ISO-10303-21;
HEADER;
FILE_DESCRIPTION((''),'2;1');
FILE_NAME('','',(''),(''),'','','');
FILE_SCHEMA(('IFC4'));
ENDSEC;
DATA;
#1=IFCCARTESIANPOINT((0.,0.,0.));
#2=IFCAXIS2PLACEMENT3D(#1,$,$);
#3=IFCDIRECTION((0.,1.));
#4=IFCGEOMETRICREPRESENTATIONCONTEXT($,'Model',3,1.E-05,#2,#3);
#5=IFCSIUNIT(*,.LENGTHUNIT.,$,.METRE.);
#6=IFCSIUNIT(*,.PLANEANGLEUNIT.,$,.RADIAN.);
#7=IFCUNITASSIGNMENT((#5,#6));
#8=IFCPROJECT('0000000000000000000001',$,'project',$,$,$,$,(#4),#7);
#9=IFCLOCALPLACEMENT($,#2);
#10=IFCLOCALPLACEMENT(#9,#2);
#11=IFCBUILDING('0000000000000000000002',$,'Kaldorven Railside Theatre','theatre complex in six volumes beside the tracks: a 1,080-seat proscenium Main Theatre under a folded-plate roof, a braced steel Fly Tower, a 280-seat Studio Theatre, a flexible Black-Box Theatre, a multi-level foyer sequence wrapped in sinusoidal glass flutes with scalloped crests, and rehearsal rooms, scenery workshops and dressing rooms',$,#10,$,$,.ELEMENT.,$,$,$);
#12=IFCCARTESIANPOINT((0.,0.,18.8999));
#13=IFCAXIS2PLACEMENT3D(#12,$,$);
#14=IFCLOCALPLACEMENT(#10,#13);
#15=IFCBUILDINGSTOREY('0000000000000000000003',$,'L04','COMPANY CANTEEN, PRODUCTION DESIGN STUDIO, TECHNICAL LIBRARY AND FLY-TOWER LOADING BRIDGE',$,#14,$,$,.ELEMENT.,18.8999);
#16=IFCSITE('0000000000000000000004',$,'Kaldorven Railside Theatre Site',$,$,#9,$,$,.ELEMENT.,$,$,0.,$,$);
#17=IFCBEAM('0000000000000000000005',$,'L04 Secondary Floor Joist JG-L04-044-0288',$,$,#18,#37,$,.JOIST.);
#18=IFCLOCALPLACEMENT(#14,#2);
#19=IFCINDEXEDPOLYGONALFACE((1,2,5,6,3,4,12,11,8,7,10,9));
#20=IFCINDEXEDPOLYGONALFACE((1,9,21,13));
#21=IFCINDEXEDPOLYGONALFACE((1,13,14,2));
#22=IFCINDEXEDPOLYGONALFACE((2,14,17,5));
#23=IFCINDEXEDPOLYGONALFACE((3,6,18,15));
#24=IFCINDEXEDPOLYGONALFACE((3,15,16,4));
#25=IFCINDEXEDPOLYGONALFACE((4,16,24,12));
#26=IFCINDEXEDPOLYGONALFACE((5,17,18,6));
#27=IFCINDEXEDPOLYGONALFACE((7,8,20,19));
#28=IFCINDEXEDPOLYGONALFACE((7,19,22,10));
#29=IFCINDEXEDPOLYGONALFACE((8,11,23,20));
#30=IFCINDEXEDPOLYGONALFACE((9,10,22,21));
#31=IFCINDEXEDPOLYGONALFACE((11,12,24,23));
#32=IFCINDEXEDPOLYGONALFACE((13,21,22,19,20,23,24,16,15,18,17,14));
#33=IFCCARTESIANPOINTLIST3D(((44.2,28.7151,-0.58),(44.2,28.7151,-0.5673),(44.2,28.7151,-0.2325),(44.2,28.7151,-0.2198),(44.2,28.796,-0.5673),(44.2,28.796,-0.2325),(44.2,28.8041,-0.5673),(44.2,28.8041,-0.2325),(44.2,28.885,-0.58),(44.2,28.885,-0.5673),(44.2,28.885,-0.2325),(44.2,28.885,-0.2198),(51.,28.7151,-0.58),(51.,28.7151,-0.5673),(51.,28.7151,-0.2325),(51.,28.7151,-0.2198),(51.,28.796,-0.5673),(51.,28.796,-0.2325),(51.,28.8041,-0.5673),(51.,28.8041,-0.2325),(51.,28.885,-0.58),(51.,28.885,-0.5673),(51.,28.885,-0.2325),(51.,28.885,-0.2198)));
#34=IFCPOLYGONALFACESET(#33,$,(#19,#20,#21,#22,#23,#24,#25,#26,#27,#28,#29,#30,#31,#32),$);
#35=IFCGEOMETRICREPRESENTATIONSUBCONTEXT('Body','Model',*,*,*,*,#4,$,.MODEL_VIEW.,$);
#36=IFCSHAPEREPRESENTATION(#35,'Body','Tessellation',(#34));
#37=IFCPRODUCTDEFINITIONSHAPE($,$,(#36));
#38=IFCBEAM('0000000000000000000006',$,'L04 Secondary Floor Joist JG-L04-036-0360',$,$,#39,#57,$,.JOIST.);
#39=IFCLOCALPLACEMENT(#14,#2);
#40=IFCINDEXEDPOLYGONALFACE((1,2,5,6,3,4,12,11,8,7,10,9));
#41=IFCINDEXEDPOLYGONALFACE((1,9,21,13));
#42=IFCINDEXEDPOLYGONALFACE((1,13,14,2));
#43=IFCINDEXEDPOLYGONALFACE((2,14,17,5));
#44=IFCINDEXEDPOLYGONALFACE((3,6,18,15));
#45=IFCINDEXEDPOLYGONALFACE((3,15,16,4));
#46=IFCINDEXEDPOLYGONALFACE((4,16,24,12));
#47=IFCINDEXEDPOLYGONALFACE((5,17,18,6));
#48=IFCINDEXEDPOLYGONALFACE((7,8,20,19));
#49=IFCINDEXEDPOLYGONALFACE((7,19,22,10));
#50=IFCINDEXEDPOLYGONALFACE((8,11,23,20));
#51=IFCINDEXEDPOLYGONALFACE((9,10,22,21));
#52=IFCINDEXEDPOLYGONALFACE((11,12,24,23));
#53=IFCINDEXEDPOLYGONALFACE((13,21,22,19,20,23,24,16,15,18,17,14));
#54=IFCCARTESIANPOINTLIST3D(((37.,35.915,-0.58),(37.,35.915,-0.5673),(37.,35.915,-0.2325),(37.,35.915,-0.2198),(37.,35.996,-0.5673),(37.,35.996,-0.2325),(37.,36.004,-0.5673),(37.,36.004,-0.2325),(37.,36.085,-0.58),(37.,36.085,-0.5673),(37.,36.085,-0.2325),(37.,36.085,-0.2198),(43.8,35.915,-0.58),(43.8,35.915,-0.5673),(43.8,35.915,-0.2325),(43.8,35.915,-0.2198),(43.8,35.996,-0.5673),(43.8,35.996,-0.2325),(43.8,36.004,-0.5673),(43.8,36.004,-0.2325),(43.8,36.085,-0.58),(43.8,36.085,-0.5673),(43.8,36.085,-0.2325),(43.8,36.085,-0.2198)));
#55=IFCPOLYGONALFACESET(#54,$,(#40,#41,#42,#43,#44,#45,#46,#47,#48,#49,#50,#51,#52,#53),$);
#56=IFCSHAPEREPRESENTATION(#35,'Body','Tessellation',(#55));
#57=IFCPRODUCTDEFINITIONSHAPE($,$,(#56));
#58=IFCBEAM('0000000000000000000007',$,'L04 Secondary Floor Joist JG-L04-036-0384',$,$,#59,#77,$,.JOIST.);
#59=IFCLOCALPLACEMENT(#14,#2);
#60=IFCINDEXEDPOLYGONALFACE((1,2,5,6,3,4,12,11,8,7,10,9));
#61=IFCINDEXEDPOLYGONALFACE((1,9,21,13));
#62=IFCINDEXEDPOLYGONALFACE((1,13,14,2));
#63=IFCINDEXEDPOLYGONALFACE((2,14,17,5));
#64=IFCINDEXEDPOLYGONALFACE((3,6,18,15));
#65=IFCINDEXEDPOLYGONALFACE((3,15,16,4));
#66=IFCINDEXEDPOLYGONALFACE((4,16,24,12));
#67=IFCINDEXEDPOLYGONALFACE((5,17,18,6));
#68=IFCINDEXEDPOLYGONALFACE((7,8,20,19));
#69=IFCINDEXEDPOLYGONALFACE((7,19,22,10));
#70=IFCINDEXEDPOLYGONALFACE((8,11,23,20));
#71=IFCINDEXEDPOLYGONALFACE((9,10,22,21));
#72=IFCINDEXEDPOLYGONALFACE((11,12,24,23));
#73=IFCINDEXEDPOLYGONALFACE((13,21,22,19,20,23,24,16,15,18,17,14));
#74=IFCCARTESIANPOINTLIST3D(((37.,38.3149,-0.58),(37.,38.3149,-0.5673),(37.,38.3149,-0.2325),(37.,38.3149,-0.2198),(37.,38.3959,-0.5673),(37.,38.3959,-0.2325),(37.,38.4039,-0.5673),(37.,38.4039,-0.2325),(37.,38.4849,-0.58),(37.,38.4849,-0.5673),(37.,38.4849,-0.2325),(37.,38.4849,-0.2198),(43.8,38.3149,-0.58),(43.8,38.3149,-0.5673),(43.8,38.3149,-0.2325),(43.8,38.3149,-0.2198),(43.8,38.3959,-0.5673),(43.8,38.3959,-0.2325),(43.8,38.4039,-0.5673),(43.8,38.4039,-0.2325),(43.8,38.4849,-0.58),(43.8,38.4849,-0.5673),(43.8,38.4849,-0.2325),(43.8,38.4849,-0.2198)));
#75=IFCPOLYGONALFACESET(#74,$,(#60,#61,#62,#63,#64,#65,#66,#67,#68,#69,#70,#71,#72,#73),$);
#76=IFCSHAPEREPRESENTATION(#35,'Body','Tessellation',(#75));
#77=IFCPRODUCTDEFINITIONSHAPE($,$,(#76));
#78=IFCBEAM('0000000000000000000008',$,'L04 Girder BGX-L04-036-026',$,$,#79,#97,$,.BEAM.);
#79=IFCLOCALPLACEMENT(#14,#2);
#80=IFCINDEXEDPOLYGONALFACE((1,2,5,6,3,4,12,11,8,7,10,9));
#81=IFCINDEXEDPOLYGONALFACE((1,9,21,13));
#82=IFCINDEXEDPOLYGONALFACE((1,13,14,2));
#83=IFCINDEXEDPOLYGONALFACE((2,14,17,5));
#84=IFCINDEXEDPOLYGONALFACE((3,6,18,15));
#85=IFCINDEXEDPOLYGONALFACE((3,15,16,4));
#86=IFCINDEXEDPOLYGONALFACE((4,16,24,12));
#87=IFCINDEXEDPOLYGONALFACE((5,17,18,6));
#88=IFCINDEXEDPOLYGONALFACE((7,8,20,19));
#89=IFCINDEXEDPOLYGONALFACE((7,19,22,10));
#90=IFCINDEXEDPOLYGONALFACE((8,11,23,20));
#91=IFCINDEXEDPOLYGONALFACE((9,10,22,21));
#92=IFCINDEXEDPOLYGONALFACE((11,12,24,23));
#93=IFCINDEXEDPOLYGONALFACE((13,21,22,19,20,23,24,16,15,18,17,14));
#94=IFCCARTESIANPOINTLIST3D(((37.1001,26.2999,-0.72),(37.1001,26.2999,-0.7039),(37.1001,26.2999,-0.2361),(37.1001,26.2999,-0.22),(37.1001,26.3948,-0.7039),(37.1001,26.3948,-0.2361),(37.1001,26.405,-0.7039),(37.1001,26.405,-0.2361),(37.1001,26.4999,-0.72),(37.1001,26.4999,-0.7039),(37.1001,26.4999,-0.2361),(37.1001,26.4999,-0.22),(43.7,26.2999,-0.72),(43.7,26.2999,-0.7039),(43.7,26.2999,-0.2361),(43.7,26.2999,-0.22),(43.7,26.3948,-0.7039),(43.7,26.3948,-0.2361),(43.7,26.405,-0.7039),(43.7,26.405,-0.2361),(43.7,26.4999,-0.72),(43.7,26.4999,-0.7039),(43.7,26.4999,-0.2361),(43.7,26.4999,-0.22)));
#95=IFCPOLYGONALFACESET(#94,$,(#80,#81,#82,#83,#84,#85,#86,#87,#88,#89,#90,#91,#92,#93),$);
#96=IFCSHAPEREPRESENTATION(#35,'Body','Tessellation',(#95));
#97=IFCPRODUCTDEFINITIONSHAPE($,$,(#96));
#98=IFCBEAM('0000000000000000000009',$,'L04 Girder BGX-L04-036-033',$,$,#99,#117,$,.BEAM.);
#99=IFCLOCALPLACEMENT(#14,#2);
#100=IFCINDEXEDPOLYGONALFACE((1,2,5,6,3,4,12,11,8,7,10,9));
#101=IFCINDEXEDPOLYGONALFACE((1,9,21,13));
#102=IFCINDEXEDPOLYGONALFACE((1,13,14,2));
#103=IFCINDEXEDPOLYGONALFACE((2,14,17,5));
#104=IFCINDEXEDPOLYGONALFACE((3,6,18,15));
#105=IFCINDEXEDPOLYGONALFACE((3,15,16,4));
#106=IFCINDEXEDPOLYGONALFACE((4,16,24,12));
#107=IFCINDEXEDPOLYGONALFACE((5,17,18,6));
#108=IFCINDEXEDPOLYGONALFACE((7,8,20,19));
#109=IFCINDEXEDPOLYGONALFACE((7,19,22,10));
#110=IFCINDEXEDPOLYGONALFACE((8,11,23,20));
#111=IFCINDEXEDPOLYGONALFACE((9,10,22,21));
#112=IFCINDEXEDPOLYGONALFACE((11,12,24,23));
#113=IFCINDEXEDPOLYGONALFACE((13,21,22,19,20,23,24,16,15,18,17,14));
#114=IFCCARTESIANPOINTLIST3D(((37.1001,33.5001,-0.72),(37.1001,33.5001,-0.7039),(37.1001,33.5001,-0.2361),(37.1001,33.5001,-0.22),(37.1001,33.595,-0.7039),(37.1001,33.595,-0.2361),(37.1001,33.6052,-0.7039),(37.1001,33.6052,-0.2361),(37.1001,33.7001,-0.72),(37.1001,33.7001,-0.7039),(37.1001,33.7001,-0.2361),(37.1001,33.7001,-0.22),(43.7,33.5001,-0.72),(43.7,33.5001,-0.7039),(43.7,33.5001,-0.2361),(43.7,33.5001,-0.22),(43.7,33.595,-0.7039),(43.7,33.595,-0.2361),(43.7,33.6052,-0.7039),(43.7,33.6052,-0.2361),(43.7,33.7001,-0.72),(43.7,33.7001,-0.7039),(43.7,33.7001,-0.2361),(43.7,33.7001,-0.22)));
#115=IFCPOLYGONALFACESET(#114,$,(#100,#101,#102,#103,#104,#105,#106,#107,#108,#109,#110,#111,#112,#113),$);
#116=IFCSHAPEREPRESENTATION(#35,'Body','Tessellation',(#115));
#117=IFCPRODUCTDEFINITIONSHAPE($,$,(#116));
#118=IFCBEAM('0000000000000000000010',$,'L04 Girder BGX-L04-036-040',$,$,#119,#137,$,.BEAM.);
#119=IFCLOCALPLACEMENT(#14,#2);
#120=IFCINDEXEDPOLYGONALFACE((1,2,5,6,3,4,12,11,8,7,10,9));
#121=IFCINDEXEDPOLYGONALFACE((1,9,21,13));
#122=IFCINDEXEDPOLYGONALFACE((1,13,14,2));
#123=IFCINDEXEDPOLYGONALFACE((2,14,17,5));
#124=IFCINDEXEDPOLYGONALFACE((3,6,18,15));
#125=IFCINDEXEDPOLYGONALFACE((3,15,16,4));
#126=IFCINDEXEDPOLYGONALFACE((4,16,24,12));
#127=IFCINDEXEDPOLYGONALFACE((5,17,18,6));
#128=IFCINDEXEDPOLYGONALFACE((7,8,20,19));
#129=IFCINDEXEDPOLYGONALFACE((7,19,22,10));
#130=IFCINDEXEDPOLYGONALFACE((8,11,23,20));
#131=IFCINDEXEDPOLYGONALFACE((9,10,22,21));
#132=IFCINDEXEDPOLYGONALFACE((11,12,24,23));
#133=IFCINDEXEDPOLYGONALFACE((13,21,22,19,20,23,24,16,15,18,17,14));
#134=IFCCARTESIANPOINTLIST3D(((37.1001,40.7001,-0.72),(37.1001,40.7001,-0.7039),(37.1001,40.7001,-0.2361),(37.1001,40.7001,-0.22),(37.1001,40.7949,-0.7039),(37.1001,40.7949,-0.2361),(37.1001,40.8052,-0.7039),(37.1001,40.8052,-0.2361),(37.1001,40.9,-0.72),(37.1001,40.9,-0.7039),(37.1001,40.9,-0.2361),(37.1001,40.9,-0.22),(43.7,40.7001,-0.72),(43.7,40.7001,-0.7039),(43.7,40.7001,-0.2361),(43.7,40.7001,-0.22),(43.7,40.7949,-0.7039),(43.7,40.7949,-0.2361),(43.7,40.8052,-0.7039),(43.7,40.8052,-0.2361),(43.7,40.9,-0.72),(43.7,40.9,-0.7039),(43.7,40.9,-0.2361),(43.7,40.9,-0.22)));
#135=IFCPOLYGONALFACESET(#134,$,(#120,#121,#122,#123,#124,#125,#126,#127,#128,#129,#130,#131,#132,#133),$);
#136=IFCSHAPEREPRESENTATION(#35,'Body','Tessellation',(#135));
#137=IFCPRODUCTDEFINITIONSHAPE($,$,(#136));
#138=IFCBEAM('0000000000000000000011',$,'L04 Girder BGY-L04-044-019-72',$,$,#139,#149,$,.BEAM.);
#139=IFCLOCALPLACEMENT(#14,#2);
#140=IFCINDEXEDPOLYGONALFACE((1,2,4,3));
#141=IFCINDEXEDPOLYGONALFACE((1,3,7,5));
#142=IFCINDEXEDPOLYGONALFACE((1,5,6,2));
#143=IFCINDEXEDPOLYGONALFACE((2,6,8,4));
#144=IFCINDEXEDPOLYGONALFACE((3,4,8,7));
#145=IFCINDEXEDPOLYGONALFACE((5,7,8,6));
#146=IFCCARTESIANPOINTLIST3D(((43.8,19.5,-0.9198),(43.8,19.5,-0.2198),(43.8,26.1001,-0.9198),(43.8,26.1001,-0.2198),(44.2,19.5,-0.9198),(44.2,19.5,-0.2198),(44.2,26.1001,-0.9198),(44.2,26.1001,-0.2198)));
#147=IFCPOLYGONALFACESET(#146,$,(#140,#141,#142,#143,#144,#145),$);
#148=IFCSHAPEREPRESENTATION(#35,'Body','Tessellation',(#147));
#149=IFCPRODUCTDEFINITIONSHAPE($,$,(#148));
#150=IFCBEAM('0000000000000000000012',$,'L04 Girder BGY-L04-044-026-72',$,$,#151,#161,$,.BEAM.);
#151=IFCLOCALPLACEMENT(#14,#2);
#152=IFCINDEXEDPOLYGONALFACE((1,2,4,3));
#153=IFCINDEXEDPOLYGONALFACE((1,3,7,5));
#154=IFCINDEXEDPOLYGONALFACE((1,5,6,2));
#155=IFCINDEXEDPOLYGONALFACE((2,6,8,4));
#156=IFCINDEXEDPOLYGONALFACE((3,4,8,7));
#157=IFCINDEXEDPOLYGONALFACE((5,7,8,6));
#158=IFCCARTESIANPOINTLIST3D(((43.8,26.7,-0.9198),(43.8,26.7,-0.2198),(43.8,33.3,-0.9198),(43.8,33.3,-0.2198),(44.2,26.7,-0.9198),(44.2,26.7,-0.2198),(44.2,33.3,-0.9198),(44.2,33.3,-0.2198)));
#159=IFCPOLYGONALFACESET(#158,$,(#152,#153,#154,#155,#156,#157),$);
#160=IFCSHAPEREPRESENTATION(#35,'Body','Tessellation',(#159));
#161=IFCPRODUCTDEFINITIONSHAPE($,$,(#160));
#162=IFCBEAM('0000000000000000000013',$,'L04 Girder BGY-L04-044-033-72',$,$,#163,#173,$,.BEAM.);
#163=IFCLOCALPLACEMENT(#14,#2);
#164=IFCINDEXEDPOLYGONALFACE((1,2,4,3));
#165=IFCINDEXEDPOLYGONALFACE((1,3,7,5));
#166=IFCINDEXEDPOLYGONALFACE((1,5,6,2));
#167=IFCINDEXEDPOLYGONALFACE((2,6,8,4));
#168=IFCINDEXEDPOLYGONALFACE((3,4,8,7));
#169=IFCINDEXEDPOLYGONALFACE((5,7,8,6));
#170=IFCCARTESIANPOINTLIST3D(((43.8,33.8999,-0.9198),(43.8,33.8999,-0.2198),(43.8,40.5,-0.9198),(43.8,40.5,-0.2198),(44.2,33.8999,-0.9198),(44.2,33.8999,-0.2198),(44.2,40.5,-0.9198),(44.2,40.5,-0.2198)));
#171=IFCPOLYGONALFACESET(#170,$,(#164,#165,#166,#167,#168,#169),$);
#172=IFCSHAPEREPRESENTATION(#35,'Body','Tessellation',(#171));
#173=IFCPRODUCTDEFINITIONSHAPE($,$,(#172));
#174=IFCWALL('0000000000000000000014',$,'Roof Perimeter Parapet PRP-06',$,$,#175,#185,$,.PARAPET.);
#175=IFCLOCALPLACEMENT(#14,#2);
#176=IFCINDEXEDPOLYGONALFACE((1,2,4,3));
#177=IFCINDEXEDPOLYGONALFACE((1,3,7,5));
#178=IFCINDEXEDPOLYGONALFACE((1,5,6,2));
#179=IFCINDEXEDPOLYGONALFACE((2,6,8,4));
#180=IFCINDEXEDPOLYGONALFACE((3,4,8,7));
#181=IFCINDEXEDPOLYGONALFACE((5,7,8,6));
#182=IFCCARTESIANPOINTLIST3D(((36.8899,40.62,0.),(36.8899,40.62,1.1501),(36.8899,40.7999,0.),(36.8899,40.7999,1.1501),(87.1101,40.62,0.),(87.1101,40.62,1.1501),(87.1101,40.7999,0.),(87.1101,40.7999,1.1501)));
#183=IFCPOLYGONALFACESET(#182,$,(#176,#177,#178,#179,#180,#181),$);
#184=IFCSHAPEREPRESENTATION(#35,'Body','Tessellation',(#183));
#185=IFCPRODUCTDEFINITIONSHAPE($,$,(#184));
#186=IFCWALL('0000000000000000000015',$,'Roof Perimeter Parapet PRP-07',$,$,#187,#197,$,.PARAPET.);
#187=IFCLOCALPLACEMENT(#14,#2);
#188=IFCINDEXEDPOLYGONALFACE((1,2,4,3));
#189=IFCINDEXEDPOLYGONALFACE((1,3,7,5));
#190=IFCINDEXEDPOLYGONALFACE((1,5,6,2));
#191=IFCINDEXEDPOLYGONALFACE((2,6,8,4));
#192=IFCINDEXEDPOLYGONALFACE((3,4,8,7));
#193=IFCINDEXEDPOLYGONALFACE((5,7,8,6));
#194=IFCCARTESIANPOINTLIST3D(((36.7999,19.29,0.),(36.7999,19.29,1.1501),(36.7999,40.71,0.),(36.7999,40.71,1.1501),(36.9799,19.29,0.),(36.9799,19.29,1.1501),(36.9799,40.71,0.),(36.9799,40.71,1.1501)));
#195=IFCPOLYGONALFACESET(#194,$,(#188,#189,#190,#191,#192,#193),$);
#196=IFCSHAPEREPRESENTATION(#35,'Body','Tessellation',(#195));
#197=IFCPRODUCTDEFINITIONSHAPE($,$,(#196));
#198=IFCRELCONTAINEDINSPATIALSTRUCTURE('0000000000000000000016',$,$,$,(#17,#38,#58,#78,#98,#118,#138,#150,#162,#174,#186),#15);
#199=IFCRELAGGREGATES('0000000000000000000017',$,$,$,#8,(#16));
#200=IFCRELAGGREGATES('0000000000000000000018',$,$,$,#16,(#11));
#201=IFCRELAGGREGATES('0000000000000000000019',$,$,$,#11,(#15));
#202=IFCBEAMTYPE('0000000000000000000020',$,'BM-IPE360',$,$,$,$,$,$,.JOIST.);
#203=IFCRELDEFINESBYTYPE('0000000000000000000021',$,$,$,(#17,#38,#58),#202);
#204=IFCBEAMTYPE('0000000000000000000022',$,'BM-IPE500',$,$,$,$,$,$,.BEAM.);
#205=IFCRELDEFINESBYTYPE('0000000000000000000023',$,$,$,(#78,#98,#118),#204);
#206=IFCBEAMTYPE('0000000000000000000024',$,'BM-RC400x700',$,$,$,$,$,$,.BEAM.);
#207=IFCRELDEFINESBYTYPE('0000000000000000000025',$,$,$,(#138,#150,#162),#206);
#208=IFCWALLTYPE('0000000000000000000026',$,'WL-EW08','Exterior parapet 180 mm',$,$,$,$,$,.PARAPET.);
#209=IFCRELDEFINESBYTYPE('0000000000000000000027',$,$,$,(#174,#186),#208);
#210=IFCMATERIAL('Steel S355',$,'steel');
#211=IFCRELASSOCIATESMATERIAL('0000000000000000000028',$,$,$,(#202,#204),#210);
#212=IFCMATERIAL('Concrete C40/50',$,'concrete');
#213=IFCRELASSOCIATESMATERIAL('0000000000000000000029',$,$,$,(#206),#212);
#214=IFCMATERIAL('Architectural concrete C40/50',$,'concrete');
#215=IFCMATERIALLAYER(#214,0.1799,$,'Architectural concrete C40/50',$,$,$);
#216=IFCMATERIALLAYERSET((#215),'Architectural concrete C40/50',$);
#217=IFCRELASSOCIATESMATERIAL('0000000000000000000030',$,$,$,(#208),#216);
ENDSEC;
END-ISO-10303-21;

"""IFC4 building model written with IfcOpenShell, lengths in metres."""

from ifc_helpers import new_model, si_unit, direction, frame, frame_2d, origin, origin_2d, place, context, subcontext, project, spatial, rectangle, i_section, extrude, material, layer, layer_set, material_profile, profile_set, type_object, element, save


model = new_model("IFC4")

# Units and contexts
model_context = context("Model", 3, precision=1e-05, world=origin(), true_north=direction((0.0, 1.0)))
body_context = subcontext(model_context, "Body", "Model", "MODEL_VIEW")
ifc_project = project(units=[si_unit("LENGTHUNIT", "METRE"), si_unit("PLANEANGLEUNIT", "RADIAN")], contexts=[model_context])

# Site, building, storey
site_placement = place(None, origin())
site = spatial("IfcSite", under=ifc_project, at=site_placement, Name="Kaldorven Railside Theatre Site", CompositionType="ELEMENT", RefElevation=0.0)
building_placement = place(site_placement, origin())
building = spatial("IfcBuilding", under=site, at=building_placement, Name="Kaldorven Railside Theatre", Description="theatre complex in six volumes beside the tracks: a 1,080-seat proscenium Main Theatre under a folded-plate roof, a braced steel Fly Tower, a 280-seat Studio Theatre, a flexible Black-Box Theatre, a multi-level foyer sequence wrapped in sinusoidal glass flutes with scalloped crests, and rehearsal rooms, scenery workshops and dressing rooms", CompositionType="ELEMENT")
storey_placement = place(building_placement, frame((0.0, 0.0, 18.8999)))
storey = spatial("IfcBuildingStorey", under=building, at=storey_placement, Name="L04", Description="COMPANY CANTEEN, PRODUCTION DESIGN STUDIO, TECHNICAL LIBRARY AND FLY-TOWER LOADING BRIDGE", CompositionType="ELEMENT", Elevation=18.8999)

# Beams
ifc_material_1 = material(Name="Steel S355", Category="steel")
ifc_material_profile_1 = material_profile(ifc_material_1, i_section(OverallWidth=0.1699, OverallDepth=0.3601, WebThickness=0.0081, FlangeThickness=0.0127, at=origin_2d()), Name="IPE 360")
ifc_profile_set_1 = profile_set([ifc_material_profile_1], Name="Steel S355")
beam_type_1 = type_object("IfcBeamType", Name="BM-IPE360", PredefinedType="JOIST", material=ifc_profile_set_1)
for number, where, z_axis, x_axis, name in (
    (1, (44.2, 28.8, -0.3999), (1.0, 0.0, 0.0), (0.0, 1.0, 0.0), "L04 Secondary Floor Joist JG-L04-044-0288"),
    (2, (37.0, 36.0, -0.3999), (1.0, 0.0, 0.0), (0.0, 1.0, 0.0), "L04 Secondary Floor Joist JG-L04-036-0360"),
    (3, (37.0, 38.3999, -0.3999), (1.0, 0.0, 0.0), (0.0, 1.0, 0.0), "L04 Secondary Floor Joist JG-L04-036-0384"),
):
    element("IfcBeam", number, at=place(storey_placement, frame(where, z_axis=z_axis, x_axis=x_axis)), inside=storey, type_object=beam_type_1, Name=name, PredefinedType="JOIST", context=body_context, shape_type="SweptSolid", body=[
        extrude(i_section(OverallWidth=0.1699, OverallDepth=0.3601, WebThickness=0.0081, FlangeThickness=0.0127, at=origin_2d()), origin(), (0.0, 0.0, 1.0), 6.8),
    ])
ifc_material_profile_2 = material_profile(ifc_material_1, i_section(OverallWidth=0.2, OverallDepth=0.5, WebThickness=0.0103, FlangeThickness=0.0161, at=origin_2d()), Name="IPE 500")
ifc_profile_set_2 = profile_set([ifc_material_profile_2], Name="Steel S355")
beam_type_2 = type_object("IfcBeamType", Name="BM-IPE500", PredefinedType="BEAM", material=ifc_profile_set_2)
for number, where, z_axis, x_axis, name in (
    (4, (37.1001, 26.3999, -0.47), (1.0, 0.0, 0.0), (0.0, 1.0, 0.0), "L04 Girder BGX-L04-036-026"),
    (5, (37.1001, 33.6001, -0.47), (1.0, 0.0, 0.0), (0.0, 1.0, 0.0), "L04 Girder BGX-L04-036-033"),
    (6, (37.1001, 40.8, -0.47), (1.0, 0.0, 0.0), (0.0, 1.0, 0.0), "L04 Girder BGX-L04-036-040"),
):
    element("IfcBeam", number, at=place(storey_placement, frame(where, z_axis=z_axis, x_axis=x_axis)), inside=storey, type_object=beam_type_2, Name=name, PredefinedType="BEAM", context=body_context, shape_type="SweptSolid", body=[
        extrude(i_section(OverallWidth=0.2, OverallDepth=0.5, WebThickness=0.0103, FlangeThickness=0.0161, at=origin_2d()), origin(), (0.0, 0.0, 1.0), 6.5999),
    ])
ifc_material_2 = material(Name="Concrete C40/50", Category="concrete")
ifc_material_profile_3 = material_profile(ifc_material_2, rectangle(XDim=0.3999, YDim=0.7, at=origin_2d()), Name="RC 400x700")
ifc_profile_set_3 = profile_set([ifc_material_profile_3], Name="Concrete C40/50")
beam_type_3 = type_object("IfcBeamType", Name="BM-RC400x700", PredefinedType="BEAM", material=ifc_profile_set_3)
for number, where, z_axis, x_axis, name in (
    (7, (44.0, 19.5, -0.5698), (0.0, 1.0, 0.0), (-1.0, 0.0, 0.0), "L04 Girder BGY-L04-044-019-72"),
    (8, (44.0, 26.7, -0.5698), (0.0, 1.0, 0.0), (-1.0, 0.0, 0.0), "L04 Girder BGY-L04-044-026-72"),
    (9, (44.0, 33.8999, -0.5698), (0.0, 1.0, 0.0), (-1.0, 0.0, 0.0), "L04 Girder BGY-L04-044-033-72"),
):
    element("IfcBeam", number, at=place(storey_placement, frame(where, z_axis=z_axis, x_axis=x_axis)), inside=storey, type_object=beam_type_3, Name=name, PredefinedType="BEAM", context=body_context, shape_type="SweptSolid", body=[
        extrude(rectangle(XDim=0.3999, YDim=0.7, at=origin_2d()), origin(), (0.0, 0.0, 1.0), 6.6001),
    ])

# Walls
ifc_material_3 = material(Name="Architectural concrete C40/50", Category="concrete")
ifc_layer = layer(ifc_material_3, 0.1799, Name="Architectural concrete C40/50")
ifc_layer_set = layer_set([ifc_layer], Name="Architectural concrete C40/50")
wall_type = type_object("IfcWallType", Name="WL-EW08", Description="Exterior parapet 180 mm", PredefinedType="PARAPET", material=ifc_layer_set)
wall_1_placement = place(storey_placement, frame((36.8899, 40.71, 0.0), z_axis=(0.0, 0.0, 1.0), x_axis=(1.0, 0.0, 0.0)))
element("IfcWall", 10, at=wall_1_placement, inside=storey, type_object=wall_type, Name="Roof Perimeter Parapet PRP-06", PredefinedType="PARAPET", context=body_context, shape_type="SweptSolid", body=[
    extrude(rectangle(XDim=50.2202, YDim=0.1799, at=frame_2d((25.1101, 0.0))), origin(), (0.0, 0.0, 1.0), 1.1501),
])
wall_2_placement = place(storey_placement, frame((36.8899, 19.29, 0.0), z_axis=(0.0, 0.0, 1.0), x_axis=(0.0, 1.0, 0.0)))
element("IfcWall", 11, at=wall_2_placement, inside=storey, type_object=wall_type, Name="Roof Perimeter Parapet PRP-07", PredefinedType="PARAPET", context=body_context, shape_type="SweptSolid", body=[
    extrude(rectangle(XDim=21.4199, YDim=0.1799, at=frame_2d((10.71, 0.0))), origin(), (0.0, 0.0, 1.0), 1.1501),
])

save(model, "model.ifc")
